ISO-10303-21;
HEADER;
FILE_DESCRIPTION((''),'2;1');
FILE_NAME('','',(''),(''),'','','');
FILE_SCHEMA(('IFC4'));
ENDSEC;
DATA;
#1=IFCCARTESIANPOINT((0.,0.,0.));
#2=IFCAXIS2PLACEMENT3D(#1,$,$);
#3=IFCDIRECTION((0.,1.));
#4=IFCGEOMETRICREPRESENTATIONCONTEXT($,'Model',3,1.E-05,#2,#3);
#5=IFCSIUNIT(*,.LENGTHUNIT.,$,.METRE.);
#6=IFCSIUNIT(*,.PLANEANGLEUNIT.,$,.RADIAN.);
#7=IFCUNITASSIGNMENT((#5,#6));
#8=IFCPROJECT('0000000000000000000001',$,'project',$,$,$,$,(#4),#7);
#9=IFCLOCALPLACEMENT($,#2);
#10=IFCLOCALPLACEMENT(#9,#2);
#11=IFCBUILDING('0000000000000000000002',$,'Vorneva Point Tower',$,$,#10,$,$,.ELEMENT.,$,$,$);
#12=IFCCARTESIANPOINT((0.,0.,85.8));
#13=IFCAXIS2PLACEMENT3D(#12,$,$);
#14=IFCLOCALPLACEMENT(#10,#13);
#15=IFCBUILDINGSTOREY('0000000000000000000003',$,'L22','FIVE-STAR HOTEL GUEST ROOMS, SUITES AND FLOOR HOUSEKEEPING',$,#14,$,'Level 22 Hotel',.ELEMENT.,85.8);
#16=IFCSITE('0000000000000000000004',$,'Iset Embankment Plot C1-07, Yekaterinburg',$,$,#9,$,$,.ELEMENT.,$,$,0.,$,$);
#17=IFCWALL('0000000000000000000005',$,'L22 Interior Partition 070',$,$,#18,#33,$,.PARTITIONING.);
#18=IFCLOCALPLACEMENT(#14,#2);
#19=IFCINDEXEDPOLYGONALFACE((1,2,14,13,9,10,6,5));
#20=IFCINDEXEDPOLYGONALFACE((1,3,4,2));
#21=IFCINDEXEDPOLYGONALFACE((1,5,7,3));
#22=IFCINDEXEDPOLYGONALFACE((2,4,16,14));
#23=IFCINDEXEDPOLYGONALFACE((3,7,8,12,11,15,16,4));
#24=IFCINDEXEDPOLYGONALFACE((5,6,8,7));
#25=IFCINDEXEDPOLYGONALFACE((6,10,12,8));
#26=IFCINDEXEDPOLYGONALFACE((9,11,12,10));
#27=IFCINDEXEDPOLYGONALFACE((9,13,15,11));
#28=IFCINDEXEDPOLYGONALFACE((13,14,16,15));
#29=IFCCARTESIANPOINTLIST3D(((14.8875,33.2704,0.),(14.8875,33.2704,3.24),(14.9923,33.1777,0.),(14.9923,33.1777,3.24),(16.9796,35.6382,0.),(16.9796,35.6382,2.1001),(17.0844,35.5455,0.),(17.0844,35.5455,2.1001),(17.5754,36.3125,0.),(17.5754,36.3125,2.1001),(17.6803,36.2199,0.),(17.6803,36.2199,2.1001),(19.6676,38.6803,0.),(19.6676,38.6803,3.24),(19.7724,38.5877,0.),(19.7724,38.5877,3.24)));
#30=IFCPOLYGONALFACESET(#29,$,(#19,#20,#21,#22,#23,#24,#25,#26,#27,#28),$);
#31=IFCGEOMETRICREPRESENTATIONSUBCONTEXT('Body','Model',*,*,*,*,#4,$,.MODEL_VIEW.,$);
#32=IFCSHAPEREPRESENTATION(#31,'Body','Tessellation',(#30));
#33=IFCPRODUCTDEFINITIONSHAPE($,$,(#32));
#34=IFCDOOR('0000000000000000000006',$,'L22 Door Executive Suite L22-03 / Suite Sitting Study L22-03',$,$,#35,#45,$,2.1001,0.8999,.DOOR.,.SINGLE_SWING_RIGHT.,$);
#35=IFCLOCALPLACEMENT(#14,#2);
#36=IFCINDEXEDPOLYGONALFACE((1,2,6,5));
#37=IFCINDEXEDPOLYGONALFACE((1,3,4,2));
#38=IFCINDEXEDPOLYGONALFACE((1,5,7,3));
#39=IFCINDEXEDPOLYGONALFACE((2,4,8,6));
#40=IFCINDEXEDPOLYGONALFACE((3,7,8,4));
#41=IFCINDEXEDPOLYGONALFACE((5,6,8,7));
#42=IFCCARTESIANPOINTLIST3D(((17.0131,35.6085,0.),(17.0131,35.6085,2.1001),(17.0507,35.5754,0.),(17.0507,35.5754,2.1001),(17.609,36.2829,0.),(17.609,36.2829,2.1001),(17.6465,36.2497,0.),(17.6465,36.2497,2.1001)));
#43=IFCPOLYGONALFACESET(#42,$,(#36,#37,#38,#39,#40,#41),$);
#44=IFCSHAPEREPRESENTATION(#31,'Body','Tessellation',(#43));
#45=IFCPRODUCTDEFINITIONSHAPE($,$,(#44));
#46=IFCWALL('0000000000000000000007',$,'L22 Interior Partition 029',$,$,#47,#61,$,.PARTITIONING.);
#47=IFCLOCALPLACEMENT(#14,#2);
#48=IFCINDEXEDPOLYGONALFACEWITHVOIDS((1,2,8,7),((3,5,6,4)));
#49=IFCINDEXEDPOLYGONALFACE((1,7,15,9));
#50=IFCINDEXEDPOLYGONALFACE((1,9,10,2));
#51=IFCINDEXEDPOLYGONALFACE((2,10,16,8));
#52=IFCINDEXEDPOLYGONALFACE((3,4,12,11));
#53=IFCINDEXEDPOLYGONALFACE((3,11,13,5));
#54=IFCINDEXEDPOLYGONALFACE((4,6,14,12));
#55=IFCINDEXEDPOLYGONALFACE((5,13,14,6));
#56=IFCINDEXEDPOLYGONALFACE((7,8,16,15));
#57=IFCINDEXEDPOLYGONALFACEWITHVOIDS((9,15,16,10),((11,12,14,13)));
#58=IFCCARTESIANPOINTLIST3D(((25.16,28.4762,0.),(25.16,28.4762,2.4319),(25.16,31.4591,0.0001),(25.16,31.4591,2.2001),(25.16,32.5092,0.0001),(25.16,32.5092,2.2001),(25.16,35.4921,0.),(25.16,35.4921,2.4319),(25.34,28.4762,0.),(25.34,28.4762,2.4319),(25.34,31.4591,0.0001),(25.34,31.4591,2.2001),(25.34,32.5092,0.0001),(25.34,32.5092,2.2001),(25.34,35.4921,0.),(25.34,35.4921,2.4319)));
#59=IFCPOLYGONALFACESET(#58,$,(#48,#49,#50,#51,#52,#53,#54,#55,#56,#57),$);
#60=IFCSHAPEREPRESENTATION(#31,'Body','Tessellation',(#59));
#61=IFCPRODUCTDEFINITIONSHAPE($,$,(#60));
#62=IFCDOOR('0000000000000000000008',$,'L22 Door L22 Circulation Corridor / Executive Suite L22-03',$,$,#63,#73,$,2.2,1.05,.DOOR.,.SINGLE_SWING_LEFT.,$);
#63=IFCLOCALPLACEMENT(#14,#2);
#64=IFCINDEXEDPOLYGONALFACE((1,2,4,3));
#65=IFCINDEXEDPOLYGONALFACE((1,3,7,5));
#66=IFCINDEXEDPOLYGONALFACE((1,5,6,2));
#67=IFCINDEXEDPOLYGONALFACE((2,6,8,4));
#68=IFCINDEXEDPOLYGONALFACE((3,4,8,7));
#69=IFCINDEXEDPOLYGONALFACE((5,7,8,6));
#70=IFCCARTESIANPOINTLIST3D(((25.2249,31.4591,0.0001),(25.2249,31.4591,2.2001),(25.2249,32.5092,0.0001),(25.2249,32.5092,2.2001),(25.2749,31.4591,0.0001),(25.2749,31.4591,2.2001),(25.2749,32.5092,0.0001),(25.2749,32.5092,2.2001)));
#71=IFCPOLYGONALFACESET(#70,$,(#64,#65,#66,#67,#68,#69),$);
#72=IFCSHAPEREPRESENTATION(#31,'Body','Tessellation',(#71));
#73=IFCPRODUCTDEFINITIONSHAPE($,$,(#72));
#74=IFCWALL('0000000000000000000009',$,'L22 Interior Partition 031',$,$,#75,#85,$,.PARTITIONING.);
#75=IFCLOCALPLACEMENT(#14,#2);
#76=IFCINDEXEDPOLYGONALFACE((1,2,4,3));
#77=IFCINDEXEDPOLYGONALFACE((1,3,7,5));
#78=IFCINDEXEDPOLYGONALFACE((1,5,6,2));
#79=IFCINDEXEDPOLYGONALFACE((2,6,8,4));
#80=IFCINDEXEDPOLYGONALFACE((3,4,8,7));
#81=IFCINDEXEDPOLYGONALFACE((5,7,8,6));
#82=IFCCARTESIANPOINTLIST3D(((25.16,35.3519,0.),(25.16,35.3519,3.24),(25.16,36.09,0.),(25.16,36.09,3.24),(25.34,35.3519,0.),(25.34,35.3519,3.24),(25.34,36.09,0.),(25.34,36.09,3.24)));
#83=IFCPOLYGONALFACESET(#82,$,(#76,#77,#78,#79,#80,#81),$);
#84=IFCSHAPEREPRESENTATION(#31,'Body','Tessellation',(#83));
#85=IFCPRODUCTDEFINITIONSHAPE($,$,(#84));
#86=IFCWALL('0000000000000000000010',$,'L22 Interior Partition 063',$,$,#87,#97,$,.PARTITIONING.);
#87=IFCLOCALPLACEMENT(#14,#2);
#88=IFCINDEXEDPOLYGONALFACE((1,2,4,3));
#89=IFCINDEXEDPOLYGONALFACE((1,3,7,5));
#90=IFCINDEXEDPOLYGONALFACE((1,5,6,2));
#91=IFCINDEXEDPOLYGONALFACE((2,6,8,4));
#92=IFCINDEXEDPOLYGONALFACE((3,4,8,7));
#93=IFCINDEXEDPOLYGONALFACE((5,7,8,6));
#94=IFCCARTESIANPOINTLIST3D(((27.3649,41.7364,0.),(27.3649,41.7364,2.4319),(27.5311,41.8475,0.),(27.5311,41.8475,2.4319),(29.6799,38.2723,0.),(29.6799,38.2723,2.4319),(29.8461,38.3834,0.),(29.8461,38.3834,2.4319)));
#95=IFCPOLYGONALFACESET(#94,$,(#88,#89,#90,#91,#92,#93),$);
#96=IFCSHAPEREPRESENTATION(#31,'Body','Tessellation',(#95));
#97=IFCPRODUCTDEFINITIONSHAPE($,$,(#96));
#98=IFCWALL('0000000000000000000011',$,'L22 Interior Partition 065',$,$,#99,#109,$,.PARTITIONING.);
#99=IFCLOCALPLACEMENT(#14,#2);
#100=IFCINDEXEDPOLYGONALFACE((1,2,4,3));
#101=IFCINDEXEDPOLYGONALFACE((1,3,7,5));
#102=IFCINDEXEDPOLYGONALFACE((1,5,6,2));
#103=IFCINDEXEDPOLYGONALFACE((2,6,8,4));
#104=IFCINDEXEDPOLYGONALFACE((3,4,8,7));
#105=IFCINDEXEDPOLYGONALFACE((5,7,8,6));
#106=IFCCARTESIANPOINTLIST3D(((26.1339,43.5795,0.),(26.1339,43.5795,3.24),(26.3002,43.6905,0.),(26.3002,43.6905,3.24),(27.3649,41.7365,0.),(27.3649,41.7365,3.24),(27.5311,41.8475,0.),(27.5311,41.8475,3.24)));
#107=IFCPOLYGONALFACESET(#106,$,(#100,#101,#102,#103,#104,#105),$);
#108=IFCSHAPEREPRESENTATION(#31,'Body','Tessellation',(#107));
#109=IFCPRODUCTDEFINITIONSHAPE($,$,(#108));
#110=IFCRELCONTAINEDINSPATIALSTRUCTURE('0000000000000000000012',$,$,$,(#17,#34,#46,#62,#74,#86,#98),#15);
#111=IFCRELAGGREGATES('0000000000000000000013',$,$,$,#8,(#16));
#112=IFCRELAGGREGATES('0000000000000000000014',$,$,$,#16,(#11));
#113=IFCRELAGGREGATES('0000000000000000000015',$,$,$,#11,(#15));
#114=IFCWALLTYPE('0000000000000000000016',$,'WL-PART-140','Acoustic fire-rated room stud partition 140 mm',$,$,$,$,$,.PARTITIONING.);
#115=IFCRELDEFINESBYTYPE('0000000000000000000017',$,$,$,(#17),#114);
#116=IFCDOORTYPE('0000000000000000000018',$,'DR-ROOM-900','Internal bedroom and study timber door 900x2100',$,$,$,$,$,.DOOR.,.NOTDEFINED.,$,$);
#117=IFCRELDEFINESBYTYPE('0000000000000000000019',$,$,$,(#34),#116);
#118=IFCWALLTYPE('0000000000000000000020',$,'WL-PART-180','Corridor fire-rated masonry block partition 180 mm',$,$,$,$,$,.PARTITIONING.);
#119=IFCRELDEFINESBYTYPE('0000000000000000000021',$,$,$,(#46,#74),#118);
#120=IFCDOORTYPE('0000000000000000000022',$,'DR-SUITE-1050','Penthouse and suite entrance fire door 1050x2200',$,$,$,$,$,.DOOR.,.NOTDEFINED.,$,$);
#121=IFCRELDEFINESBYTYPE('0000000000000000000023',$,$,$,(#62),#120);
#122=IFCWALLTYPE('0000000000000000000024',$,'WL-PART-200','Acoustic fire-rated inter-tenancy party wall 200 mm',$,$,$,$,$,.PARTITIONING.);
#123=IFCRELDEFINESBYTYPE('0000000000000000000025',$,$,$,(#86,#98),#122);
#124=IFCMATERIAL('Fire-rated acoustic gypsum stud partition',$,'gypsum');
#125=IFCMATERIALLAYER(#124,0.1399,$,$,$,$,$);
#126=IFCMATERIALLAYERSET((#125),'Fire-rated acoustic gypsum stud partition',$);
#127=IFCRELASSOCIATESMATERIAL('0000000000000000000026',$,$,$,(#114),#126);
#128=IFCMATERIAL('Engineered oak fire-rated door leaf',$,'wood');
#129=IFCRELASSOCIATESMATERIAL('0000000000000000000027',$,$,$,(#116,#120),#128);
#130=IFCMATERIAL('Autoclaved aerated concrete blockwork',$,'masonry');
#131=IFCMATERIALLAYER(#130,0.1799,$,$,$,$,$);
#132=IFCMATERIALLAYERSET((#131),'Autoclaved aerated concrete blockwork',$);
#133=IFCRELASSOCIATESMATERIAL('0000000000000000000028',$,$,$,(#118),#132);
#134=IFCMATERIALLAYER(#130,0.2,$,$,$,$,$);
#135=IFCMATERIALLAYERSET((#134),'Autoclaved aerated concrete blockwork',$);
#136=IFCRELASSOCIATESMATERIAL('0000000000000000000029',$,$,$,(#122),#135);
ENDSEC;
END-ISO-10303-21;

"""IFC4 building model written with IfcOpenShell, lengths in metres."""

from ifc_helpers import new_model, si_unit, direction, frame, frame_2d, origin, place, context, subcontext, project, spatial, rectangle, extrude, material, layer, layer_set, type_object, element, fill, save


model = new_model("IFC4")

# Units and contexts
model_context = context("Model", 3, precision=1e-05, world=origin(), true_north=direction((0.0, 1.0)))
body_context = subcontext(model_context, "Body", "Model", "MODEL_VIEW")
ifc_project = project(units=[si_unit("LENGTHUNIT", "METRE"), si_unit("PLANEANGLEUNIT", "RADIAN")], contexts=[model_context])

# Site, building, storey
site_placement = place(None, origin())
site = spatial("IfcSite", under=ifc_project, at=site_placement, Name="Iset Embankment Plot C1-07, Yekaterinburg", CompositionType="ELEMENT", RefElevation=0.0)
building_placement = place(site_placement, origin())
building = spatial("IfcBuilding", under=site, at=building_placement, Name="Vorneva Point Tower", CompositionType="ELEMENT")
storey_placement = place(building_placement, frame((0.0, 0.0, 85.8)))
storey = spatial("IfcBuildingStorey", under=building, at=storey_placement, Name="L22", Description="FIVE-STAR HOTEL GUEST ROOMS, SUITES AND FLOOR HOUSEKEEPING", LongName="Level 22 Hotel", CompositionType="ELEMENT", Elevation=85.8)

# Shared definitions
ifc_material_1 = material(Name="Fire-rated acoustic gypsum stud partition", Category="gypsum")

# Shared definitions
ifc_material_2 = material(Name="Engineered oak fire-rated door leaf", Category="wood")

# Shared definitions
ifc_layer_1 = layer(ifc_material_1, 0.1399)
ifc_layer_set_1 = layer_set([ifc_layer_1], Name="Fire-rated acoustic gypsum stud partition")
wall_type_1 = type_object("IfcWallType", Name="WL-PART-140", Description="Acoustic fire-rated room stud partition 140 mm", PredefinedType="PARTITIONING", material=ifc_layer_set_1)

# Walls, openings, doors
wall_1_placement = place(storey_placement, frame((19.72, 38.634, 0.0), z_axis=(0.0, 0.0, 1.0), x_axis=(-0.662134, -0.749386, 0.0)))
wall_1 = element("IfcWall", 1, at=wall_1_placement, inside=storey, type_object=wall_type_1, Name="L22 Interior Partition 070", PredefinedType="PARTITIONING", context=body_context, shape_type="SweptSolid", body=[
    extrude(rectangle(XDim=7.2192, YDim=0.1399, at=frame_2d((3.6096, 0.0))), origin(), (0.0, 0.0, 1.0), 3.24),
])
opening_1_placement = place(wall_1_placement, frame((3.1597, 0.0, 0.0)))
opening_1 = element("IfcOpeningElement", 2, at=opening_1_placement, cuts=wall_1, PredefinedType="OPENING", context=body_context, shape_type="SweptSolid", body=[
    extrude(rectangle(XDim=0.8999, YDim=2.1001, at=frame_2d((0.45, 1.05))), frame((0.0, 0.085, 0.0), z_axis=(0.0, -1.0, 0.0), x_axis=(1.0, 0.0, 0.0)), (0.0, 0.0, 1.0), 0.1697),
])
door_type_1 = type_object("IfcDoorType", Name="DR-ROOM-900", Description="Internal bedroom and study timber door 900x2100", OperationType="NOTDEFINED", PredefinedType="DOOR", material=ifc_material_2)
door_1_placement = place(opening_1_placement, origin())
door_1 = element("IfcDoor", 3, at=door_1_placement, inside=storey, type_object=door_type_1, Name="L22 Door Executive Suite L22-03 / Suite Sitting Study L22-03", OperationType="SINGLE_SWING_RIGHT", OverallHeight=2.1001, OverallWidth=0.8999, PredefinedType="DOOR", context=body_context, shape_type="SweptSolid", body=[
    extrude(rectangle(XDim=0.8999, YDim=2.1001, at=frame_2d((0.45, 1.05))), frame((0.0, 0.0249, 0.0), z_axis=(0.0, -1.0, 0.0), x_axis=(1.0, 0.0, 0.0)), (0.0, 0.0, 1.0), 0.05),
])
fill(opening_1, door_1)
ifc_material_3 = material(Name="Autoclaved aerated concrete blockwork", Category="masonry")
ifc_layer_2 = layer(ifc_material_3, 0.1799)
ifc_layer_set_2 = layer_set([ifc_layer_2], Name="Autoclaved aerated concrete blockwork")
wall_type_2 = type_object("IfcWallType", Name="WL-PART-180", Description="Corridor fire-rated masonry block partition 180 mm", PredefinedType="PARTITIONING", material=ifc_layer_set_2)
wall_2_placement = place(storey_placement, frame((25.25, 35.4919, 0.0), z_axis=(0.0, 0.0, 1.0), x_axis=(0.0, -1.0, 0.0)))
wall_2 = element("IfcWall", 4, at=wall_2_placement, inside=storey, type_object=wall_type_2, Name="L22 Interior Partition 029", PredefinedType="PARTITIONING", context=body_context, shape_type="SweptSolid", body=[
    extrude(rectangle(XDim=7.0159, YDim=0.1799, at=frame_2d((3.5078, 0.0))), origin(), (0.0, 0.0, 1.0), 2.4319),
])
opening_2_placement = place(wall_2_placement, frame((2.9829, 0.0, 0.0)))
opening_2 = element("IfcOpeningElement", 5, at=opening_2_placement, cuts=wall_2, PredefinedType="OPENING", context=body_context, shape_type="SweptSolid", body=[
    extrude(rectangle(XDim=1.05, YDim=2.2, at=frame_2d((0.5249, 1.1001))), frame((0.0, 0.105, 0.0), z_axis=(0.0, -1.0, 0.0), x_axis=(1.0, 0.0, 0.0)), (0.0, 0.0, 1.0), 0.2097),
])
door_type_2 = type_object("IfcDoorType", Name="DR-SUITE-1050", Description="Penthouse and suite entrance fire door 1050x2200", OperationType="NOTDEFINED", PredefinedType="DOOR", material=ifc_material_2)
door_2_placement = place(opening_2_placement, origin())
door_2 = element("IfcDoor", 6, at=door_2_placement, inside=storey, type_object=door_type_2, Name="L22 Door L22 Circulation Corridor / Executive Suite L22-03", OperationType="SINGLE_SWING_LEFT", OverallHeight=2.2, OverallWidth=1.05, PredefinedType="DOOR", context=body_context, shape_type="SweptSolid", body=[
    extrude(rectangle(XDim=1.05, YDim=2.2, at=frame_2d((0.5249, 1.1001))), frame((0.0, 0.0249, 0.0), z_axis=(0.0, -1.0, 0.0), x_axis=(1.0, 0.0, 0.0)), (0.0, 0.0, 1.0), 0.05),
])
fill(opening_2, door_2)

# Walls
wall_3_placement = place(storey_placement, frame((25.25, 36.0901, 0.0), z_axis=(0.0, 0.0, 1.0), x_axis=(0.0, -1.0, 0.0)))
element("IfcWall", 7, at=wall_3_placement, inside=storey, type_object=wall_type_2, Name="L22 Interior Partition 031", PredefinedType="PARTITIONING", context=body_context, shape_type="SweptSolid", body=[
    extrude(rectangle(XDim=0.738, YDim=0.1799, at=frame_2d((0.3691, 0.0))), origin(), (0.0, 0.0, 1.0), 3.24),
])
ifc_layer_3 = layer(ifc_material_3, 0.2)
ifc_layer_set_3 = layer_set([ifc_layer_3], Name="Autoclaved aerated concrete blockwork")
wall_type_3 = type_object("IfcWallType", Name="WL-PART-200", Description="Acoustic fire-rated inter-tenancy party wall 200 mm", PredefinedType="PARTITIONING", material=ifc_layer_set_3)
wall_4_placement = place(storey_placement, frame((27.448, 41.792, 0.0), z_axis=(0.0, 0.0, 1.0), x_axis=(0.555619, -0.831437, 0.0)))
element("IfcWall", 8, at=wall_4_placement, inside=storey, type_object=wall_type_3, Name="L22 Interior Partition 063", PredefinedType="PARTITIONING", context=body_context, shape_type="SweptSolid", body=[
    extrude(rectangle(XDim=4.1665, YDim=0.2, at=frame_2d((2.0833, 0.0))), origin(), (0.0, 0.0, 1.0), 2.4319),
])
wall_5_placement = place(storey_placement, frame((26.217, 43.635, 0.0), z_axis=(0.0, 0.0, 1.0), x_axis=(0.555412, -0.831575, 0.0)))
element("IfcWall", 9, at=wall_5_placement, inside=storey, type_object=wall_type_3, Name="L22 Interior Partition 065", PredefinedType="PARTITIONING", context=body_context, shape_type="SweptSolid", body=[
    extrude(rectangle(XDim=2.2163, YDim=0.2, at=frame_2d((1.1082, 0.0))), origin(), (0.0, 0.0, 1.0), 3.24),
])

save(model, "model.ifc")
